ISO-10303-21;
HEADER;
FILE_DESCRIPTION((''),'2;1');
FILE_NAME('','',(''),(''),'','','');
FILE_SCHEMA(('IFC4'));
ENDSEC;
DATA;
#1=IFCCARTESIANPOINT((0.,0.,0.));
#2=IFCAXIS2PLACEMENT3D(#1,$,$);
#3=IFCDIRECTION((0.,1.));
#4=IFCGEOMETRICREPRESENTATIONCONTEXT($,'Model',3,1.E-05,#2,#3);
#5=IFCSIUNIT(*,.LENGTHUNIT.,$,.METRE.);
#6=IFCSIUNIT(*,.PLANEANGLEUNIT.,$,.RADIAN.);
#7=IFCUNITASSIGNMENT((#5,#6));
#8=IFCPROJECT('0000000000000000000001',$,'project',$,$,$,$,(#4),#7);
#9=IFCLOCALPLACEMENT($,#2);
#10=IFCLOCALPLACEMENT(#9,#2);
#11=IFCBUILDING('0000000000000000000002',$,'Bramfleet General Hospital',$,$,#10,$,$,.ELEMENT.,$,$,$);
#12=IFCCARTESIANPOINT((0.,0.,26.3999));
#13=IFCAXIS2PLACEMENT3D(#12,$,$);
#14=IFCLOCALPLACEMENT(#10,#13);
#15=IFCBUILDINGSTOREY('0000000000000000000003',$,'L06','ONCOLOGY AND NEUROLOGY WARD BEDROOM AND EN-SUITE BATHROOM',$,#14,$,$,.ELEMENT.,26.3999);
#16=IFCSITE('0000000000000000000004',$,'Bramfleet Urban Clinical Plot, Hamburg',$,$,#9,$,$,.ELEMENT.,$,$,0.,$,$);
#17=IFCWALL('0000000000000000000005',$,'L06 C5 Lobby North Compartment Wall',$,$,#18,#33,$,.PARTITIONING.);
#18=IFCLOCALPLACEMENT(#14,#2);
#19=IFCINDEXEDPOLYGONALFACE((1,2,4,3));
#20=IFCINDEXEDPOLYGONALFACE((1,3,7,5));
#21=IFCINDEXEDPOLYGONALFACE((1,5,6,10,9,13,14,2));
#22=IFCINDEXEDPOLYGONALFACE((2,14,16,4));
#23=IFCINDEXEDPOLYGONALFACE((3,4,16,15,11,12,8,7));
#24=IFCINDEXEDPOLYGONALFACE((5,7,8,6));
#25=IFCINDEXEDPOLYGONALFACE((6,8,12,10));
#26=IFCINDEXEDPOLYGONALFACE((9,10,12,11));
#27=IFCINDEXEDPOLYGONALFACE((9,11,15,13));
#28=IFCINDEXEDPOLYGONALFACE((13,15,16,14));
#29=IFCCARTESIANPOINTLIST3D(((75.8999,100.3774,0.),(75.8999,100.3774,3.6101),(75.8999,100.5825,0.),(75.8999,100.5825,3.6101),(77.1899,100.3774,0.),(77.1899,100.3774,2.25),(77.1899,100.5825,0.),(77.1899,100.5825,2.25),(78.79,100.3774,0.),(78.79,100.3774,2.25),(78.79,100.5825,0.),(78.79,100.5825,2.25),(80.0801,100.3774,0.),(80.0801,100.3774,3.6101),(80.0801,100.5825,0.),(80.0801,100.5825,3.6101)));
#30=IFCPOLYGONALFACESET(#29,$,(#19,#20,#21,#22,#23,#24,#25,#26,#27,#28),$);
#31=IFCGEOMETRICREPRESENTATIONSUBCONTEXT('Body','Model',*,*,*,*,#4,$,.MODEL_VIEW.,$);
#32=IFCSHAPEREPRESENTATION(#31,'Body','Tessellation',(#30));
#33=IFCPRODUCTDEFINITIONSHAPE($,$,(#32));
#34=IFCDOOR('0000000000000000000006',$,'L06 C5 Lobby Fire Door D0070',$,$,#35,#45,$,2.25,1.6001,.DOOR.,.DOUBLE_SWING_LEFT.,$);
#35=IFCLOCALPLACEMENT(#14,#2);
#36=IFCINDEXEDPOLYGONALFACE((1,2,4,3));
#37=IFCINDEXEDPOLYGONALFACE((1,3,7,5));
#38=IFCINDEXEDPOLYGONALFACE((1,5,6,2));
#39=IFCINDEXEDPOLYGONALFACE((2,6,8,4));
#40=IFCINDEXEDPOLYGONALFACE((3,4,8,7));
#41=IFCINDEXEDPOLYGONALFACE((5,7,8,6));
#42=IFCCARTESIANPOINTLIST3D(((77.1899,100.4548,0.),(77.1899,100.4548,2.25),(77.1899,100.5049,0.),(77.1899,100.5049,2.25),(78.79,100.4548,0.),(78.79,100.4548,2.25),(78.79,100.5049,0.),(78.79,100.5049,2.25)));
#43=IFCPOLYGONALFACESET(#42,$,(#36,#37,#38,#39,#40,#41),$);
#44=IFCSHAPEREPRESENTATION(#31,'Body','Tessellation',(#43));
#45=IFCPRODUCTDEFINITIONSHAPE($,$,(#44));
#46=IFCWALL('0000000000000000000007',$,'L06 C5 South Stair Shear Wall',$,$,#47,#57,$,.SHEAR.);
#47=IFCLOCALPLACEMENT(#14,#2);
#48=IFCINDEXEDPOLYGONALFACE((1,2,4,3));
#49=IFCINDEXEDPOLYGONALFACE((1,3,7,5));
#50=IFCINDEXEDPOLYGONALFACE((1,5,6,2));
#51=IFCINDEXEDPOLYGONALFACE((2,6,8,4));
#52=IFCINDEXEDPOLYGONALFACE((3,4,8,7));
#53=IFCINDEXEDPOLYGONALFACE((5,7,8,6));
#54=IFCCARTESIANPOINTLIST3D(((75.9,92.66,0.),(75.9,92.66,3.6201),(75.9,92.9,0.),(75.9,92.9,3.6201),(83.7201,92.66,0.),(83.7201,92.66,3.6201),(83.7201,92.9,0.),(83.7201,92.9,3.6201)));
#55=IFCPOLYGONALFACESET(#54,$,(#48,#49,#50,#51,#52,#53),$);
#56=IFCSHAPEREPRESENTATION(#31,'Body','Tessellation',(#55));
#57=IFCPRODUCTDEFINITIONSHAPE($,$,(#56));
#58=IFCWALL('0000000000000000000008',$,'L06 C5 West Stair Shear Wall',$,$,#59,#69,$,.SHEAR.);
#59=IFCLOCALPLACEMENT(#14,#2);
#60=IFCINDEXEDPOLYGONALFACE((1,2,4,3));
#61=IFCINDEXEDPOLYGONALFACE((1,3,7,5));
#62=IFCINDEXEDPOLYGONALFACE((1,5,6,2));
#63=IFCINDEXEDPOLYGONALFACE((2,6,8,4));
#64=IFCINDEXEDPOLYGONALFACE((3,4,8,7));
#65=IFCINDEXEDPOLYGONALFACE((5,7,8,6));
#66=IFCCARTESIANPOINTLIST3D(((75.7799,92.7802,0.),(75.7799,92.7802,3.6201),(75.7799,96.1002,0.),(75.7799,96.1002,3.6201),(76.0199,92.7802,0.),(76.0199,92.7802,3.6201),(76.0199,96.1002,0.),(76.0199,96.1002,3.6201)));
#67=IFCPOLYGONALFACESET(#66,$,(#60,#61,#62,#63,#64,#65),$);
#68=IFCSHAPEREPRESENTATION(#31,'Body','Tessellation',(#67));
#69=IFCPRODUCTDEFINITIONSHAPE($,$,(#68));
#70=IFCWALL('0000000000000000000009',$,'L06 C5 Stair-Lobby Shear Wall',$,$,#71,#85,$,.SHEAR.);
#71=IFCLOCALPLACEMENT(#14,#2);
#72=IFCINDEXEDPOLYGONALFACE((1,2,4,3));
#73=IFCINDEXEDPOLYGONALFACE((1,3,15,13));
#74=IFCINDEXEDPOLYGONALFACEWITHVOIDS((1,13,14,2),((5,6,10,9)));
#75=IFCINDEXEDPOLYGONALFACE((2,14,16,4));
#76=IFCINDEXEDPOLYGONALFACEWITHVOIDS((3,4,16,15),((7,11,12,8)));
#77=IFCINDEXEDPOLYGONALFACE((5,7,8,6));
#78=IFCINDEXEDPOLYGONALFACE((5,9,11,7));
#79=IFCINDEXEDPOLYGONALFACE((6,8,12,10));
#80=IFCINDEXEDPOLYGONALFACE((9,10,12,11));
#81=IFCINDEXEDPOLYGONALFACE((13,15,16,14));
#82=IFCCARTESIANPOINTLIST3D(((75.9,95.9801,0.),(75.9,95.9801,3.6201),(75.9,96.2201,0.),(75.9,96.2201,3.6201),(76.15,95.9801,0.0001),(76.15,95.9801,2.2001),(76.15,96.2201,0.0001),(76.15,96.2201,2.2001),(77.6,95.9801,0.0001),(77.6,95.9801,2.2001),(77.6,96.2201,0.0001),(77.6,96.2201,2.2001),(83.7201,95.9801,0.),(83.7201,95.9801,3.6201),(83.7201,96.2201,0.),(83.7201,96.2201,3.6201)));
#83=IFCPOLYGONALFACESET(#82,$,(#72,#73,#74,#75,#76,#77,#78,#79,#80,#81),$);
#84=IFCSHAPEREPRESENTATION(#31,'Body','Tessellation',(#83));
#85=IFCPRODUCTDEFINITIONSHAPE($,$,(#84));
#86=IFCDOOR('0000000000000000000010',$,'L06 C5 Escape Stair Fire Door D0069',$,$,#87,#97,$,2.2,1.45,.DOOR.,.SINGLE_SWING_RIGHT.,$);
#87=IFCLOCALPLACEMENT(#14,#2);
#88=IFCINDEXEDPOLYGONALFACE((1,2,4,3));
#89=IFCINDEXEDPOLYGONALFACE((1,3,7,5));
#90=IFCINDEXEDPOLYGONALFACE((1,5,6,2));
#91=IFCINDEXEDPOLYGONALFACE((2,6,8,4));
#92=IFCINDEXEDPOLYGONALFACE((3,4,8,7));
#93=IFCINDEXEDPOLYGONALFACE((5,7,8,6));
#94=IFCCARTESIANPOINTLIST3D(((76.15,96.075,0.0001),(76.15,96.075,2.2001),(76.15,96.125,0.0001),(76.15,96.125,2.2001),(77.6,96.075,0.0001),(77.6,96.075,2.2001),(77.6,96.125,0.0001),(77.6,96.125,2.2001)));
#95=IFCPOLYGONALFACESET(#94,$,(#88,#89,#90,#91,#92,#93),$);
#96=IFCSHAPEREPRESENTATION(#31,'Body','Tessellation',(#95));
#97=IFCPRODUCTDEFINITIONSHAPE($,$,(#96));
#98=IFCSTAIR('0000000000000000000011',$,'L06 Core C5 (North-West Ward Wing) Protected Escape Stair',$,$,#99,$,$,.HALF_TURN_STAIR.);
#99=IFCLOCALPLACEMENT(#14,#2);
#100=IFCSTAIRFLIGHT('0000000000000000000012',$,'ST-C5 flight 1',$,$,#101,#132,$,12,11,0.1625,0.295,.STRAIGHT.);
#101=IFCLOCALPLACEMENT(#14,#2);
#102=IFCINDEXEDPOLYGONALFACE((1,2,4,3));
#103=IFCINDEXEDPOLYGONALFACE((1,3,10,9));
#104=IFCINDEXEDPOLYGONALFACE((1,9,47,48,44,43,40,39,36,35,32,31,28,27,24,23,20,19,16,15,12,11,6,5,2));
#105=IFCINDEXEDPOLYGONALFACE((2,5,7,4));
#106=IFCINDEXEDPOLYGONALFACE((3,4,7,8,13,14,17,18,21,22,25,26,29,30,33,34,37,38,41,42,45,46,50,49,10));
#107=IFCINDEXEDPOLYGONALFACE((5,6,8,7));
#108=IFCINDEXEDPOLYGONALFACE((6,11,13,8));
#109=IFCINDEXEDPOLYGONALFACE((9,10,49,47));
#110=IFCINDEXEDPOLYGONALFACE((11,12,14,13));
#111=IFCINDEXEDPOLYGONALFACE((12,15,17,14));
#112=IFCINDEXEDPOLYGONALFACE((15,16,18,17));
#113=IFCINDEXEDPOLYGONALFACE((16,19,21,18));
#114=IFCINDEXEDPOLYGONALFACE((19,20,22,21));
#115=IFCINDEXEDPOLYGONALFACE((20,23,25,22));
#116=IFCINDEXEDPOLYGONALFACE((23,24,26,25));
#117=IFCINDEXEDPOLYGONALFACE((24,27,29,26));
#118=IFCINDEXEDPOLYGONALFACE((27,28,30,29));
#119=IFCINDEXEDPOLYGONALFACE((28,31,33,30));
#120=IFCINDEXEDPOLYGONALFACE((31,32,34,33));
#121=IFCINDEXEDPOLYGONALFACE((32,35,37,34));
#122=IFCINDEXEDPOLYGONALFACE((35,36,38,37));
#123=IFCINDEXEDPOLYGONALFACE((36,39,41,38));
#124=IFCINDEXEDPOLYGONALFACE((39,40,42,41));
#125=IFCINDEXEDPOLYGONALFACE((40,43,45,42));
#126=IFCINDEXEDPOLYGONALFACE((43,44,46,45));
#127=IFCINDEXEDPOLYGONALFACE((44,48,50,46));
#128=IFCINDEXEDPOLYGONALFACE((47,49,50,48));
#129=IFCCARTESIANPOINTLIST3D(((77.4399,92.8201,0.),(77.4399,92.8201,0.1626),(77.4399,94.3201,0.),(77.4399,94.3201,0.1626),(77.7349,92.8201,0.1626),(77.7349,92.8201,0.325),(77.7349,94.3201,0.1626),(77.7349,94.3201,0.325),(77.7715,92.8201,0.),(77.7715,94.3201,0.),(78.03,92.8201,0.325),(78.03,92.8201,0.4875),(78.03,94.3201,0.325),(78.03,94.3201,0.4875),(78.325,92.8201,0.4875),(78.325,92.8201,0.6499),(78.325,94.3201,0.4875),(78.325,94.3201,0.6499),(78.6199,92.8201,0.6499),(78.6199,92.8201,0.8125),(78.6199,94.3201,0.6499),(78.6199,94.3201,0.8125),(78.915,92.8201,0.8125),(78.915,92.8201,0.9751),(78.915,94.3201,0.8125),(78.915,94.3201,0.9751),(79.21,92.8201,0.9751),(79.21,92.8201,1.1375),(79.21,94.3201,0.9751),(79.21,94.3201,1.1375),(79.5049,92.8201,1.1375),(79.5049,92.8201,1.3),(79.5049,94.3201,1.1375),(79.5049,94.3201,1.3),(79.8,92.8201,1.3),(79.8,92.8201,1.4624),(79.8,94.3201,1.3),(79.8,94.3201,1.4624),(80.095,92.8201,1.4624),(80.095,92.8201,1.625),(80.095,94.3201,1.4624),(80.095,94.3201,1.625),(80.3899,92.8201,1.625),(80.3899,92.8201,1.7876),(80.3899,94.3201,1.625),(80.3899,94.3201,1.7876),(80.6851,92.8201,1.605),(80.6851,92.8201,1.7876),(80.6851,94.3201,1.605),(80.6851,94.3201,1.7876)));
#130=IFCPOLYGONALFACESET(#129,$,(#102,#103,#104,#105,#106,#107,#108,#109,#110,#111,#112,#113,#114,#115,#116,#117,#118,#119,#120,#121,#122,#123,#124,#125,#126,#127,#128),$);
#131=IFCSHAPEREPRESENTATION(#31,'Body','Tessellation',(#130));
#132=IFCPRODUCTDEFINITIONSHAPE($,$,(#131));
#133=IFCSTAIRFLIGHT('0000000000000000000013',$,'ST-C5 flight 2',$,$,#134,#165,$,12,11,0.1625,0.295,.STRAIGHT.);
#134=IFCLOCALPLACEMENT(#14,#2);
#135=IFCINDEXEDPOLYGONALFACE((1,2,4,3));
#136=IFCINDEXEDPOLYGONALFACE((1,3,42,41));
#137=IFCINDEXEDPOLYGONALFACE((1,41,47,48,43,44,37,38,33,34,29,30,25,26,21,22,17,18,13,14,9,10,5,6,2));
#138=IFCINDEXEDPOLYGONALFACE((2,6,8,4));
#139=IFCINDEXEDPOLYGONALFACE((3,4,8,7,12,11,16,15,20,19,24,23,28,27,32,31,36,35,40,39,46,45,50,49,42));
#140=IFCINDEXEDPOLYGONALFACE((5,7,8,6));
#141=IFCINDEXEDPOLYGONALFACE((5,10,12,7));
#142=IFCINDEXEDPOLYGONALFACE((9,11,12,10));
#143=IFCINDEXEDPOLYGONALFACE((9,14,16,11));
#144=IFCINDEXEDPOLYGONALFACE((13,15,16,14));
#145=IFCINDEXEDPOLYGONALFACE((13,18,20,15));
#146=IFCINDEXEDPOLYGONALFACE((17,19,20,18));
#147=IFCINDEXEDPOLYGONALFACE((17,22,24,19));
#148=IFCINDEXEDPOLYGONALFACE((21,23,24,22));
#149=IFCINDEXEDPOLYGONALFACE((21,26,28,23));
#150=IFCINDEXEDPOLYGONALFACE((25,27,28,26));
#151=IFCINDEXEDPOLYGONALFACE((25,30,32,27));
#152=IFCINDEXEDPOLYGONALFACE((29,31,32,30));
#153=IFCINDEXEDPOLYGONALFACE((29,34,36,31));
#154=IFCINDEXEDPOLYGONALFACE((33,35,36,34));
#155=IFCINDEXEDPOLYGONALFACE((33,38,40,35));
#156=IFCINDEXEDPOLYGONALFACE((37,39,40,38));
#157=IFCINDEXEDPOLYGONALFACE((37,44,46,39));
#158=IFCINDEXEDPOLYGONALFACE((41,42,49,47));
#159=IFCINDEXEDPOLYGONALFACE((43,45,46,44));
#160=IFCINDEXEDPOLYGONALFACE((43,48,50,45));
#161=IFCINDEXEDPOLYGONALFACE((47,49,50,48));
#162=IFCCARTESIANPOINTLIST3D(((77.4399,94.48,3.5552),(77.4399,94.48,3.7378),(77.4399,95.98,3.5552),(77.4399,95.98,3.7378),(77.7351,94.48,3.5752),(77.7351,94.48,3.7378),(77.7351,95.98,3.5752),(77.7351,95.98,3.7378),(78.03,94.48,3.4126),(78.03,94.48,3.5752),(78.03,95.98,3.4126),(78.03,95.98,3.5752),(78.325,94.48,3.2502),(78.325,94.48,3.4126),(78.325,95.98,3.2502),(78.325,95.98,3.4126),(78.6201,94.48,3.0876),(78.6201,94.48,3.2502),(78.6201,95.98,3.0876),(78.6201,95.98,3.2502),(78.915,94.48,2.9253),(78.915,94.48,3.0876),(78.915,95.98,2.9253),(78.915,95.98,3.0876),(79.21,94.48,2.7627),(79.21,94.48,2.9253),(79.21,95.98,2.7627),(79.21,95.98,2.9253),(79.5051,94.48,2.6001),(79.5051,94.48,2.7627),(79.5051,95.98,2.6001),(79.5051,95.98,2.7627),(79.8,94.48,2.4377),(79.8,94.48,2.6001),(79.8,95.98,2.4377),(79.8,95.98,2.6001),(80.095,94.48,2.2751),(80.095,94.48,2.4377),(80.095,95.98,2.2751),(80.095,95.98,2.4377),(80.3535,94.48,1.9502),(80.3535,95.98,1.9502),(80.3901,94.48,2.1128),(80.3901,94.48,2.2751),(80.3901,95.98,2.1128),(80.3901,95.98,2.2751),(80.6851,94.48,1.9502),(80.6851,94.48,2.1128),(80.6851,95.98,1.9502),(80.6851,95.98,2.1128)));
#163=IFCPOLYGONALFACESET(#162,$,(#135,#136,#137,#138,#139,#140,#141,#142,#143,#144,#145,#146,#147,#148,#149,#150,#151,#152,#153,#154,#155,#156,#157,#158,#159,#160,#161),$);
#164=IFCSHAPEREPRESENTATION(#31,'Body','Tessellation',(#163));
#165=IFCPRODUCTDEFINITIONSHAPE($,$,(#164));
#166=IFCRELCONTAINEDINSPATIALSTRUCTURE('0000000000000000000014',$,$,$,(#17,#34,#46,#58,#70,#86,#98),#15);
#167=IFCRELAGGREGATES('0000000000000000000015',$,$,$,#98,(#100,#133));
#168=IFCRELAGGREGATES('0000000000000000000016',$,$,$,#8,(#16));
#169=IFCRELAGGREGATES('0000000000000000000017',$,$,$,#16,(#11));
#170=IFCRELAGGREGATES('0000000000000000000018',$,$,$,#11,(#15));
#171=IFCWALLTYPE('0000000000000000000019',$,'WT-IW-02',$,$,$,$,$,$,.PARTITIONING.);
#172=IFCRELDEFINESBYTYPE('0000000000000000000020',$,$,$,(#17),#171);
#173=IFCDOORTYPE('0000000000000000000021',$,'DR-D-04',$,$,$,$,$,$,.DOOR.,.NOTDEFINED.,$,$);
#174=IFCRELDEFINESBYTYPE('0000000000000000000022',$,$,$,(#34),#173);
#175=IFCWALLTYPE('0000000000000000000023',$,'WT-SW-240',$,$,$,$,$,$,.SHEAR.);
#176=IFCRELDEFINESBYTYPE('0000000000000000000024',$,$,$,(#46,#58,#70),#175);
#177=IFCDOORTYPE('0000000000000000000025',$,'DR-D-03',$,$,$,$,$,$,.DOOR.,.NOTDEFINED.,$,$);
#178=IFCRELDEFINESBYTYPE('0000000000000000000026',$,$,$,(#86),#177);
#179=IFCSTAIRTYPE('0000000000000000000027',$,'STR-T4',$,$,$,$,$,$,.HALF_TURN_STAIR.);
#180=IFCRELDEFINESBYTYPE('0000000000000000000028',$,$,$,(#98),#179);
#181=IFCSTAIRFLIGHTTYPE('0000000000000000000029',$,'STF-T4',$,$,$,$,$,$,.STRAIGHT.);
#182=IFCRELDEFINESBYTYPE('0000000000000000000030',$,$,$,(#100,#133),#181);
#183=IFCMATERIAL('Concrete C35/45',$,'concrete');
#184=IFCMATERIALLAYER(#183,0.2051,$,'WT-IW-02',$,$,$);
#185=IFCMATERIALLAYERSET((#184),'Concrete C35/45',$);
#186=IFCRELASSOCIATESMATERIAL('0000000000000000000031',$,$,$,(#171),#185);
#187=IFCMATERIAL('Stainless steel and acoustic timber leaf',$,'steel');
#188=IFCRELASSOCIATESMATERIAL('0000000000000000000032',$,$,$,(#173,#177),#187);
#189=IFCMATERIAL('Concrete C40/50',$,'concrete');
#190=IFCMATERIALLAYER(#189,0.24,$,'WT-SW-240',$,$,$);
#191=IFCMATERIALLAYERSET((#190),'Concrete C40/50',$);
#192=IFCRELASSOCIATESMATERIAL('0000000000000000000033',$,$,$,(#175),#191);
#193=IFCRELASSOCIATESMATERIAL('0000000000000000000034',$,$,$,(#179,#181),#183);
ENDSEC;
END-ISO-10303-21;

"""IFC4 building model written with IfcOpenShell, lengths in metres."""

from ifc_helpers import new_model, si_unit, direction, frame, frame_2d, origin, place, context, subcontext, project, spatial, polyline, rectangle, outline, extrude, material, layer, layer_set, type_object, element, fill, aggregate, save


model = new_model("IFC4")

# Units and contexts
model_context = context("Model", 3, precision=1e-05, world=origin(), true_north=direction((0.0, 1.0)))
body_context = subcontext(model_context, "Body", "Model", "MODEL_VIEW")
ifc_project = project(units=[si_unit("LENGTHUNIT", "METRE"), si_unit("PLANEANGLEUNIT", "RADIAN")], contexts=[model_context])

# Site, building, storey
site_placement = place(None, origin())
site = spatial("IfcSite", under=ifc_project, at=site_placement, Name="Bramfleet Urban Clinical Plot, Hamburg", CompositionType="ELEMENT", RefElevation=0.0)
building_placement = place(site_placement, origin())
building = spatial("IfcBuilding", under=site, at=building_placement, Name="Bramfleet General Hospital", CompositionType="ELEMENT")
storey_placement = place(building_placement, frame((0.0, 0.0, 26.3999)))
storey = spatial("IfcBuildingStorey", under=building, at=storey_placement, Name="L06", Description="ONCOLOGY AND NEUROLOGY WARD BEDROOM AND EN-SUITE BATHROOM", CompositionType="ELEMENT", Elevation=26.3999)

# Shared definitions
ifc_material_1 = material(Name="Concrete C40/50", Category="concrete")

# Shared definitions
ifc_material_2 = material(Name="Concrete C35/45", Category="concrete")

# Shared definitions
ifc_layer_1 = layer(ifc_material_2, 0.2051, Name="WT-IW-02")
ifc_layer_set_1 = layer_set([ifc_layer_1], Name="Concrete C35/45")
wall_type_1 = type_object("IfcWallType", Name="WT-IW-02", PredefinedType="PARTITIONING", material=ifc_layer_set_1)

# Wall, opening, door
wall_1_placement = place(storey_placement, frame((75.8999, 100.48, 0.0), z_axis=(0.0, 0.0, 1.0), x_axis=(1.0, 0.0, 0.0)))
wall_1 = element("IfcWall", 1, at=wall_1_placement, inside=storey, type_object=wall_type_1, Name="L06 C5 Lobby North Compartment Wall", PredefinedType="PARTITIONING", context=body_context, shape_type="SweptSolid", body=[
    extrude(rectangle(XDim=4.1802, YDim=0.2051, at=frame_2d((2.0901, 0.0))), origin(), (0.0, 0.0, 1.0), 3.6101),
])
opening_1_placement = place(wall_1_placement, frame((1.29, 0.0, 0.0)))
opening_1 = element("IfcOpeningElement", 2, at=opening_1_placement, cuts=wall_1, PredefinedType="OPENING", context=body_context, shape_type="SweptSolid", body=[
    extrude(rectangle(XDim=1.6001, YDim=2.25, at=frame_2d((0.8, 1.125))), frame((0.0, 0.1125, 0.0), z_axis=(0.0, -1.0, 0.0), x_axis=(1.0, 0.0, 0.0)), (0.0, 0.0, 1.0), 0.2251),
])
ifc_material_3 = material(Name="Stainless steel and acoustic timber leaf", Category="steel")
door_type_1 = type_object("IfcDoorType", Name="DR-D-04", OperationType="NOTDEFINED", PredefinedType="DOOR", material=ifc_material_3)
door_1_placement = place(opening_1_placement, origin())
door_1 = element("IfcDoor", 3, at=door_1_placement, inside=storey, type_object=door_type_1, Name="L06 C5 Lobby Fire Door D0070", OperationType="DOUBLE_SWING_LEFT", OverallHeight=2.25, OverallWidth=1.6001, PredefinedType="DOOR", context=body_context, shape_type="SweptSolid", body=[
    extrude(rectangle(XDim=1.6001, YDim=2.25, at=frame_2d((0.8, 1.125))), frame((0.0, 0.0249, 0.0), z_axis=(0.0, -1.0, 0.0), x_axis=(1.0, 0.0, 0.0)), (0.0, 0.0, 1.0), 0.05),
])
fill(opening_1, door_1)

# Walls
ifc_layer_2 = layer(ifc_material_1, 0.24, Name="WT-SW-240")
ifc_layer_set_2 = layer_set([ifc_layer_2], Name="Concrete C40/50")
wall_type_2 = type_object("IfcWallType", Name="WT-SW-240", PredefinedType="SHEAR", material=ifc_layer_set_2)
wall_2_placement = place(storey_placement, frame((75.8999, 92.78, 0.0), z_axis=(0.0, 0.0, 1.0), x_axis=(1.0, 0.0, 0.0)))
element("IfcWall", 4, at=wall_2_placement, inside=storey, type_object=wall_type_2, Name="L06 C5 South Stair Shear Wall", PredefinedType="SHEAR", context=body_context, shape_type="SweptSolid", body=[
    extrude(rectangle(XDim=7.8201, YDim=0.24, at=frame_2d((3.9102, 0.0))), origin(), (0.0, 0.0, 1.0), 3.6201),
])
wall_3_placement = place(storey_placement, frame((75.8999, 92.78, 0.0), z_axis=(0.0, 0.0, 1.0), x_axis=(0.0, 1.0, 0.0)))
element("IfcWall", 5, at=wall_3_placement, inside=storey, type_object=wall_type_2, Name="L06 C5 West Stair Shear Wall", PredefinedType="SHEAR", context=body_context, shape_type="SweptSolid", body=[
    extrude(rectangle(XDim=3.3201, YDim=0.24, at=frame_2d((1.6602, 0.0))), origin(), (0.0, 0.0, 1.0), 3.6201),
])

# Wall, opening, door
wall_4_placement = place(storey_placement, frame((75.8999, 96.1001, 0.0), z_axis=(0.0, 0.0, 1.0), x_axis=(1.0, 0.0, 0.0)))
wall_4 = element("IfcWall", 6, at=wall_4_placement, inside=storey, type_object=wall_type_2, Name="L06 C5 Stair-Lobby Shear Wall", PredefinedType="SHEAR", context=body_context, shape_type="SweptSolid", body=[
    extrude(rectangle(XDim=7.8201, YDim=0.24, at=frame_2d((3.9102, 0.0))), origin(), (0.0, 0.0, 1.0), 3.6201),
])
opening_2_placement = place(wall_4_placement, frame((0.25, 0.0, 0.0)))
opening_2 = element("IfcOpeningElement", 7, at=opening_2_placement, cuts=wall_4, PredefinedType="OPENING", context=body_context, shape_type="SweptSolid", body=[
    extrude(rectangle(XDim=1.45, YDim=2.2, at=frame_2d((0.7251, 1.1001))), frame((0.0, 0.1299, 0.0), z_axis=(0.0, -1.0, 0.0), x_axis=(1.0, 0.0, 0.0)), (0.0, 0.0, 1.0), 0.26),
])
door_type_2 = type_object("IfcDoorType", Name="DR-D-03", OperationType="NOTDEFINED", PredefinedType="DOOR", material=ifc_material_3)
door_2_placement = place(opening_2_placement, origin())
door_2 = element("IfcDoor", 8, at=door_2_placement, inside=storey, type_object=door_type_2, Name="L06 C5 Escape Stair Fire Door D0069", OperationType="SINGLE_SWING_RIGHT", OverallHeight=2.2, OverallWidth=1.45, PredefinedType="DOOR", context=body_context, shape_type="SweptSolid", body=[
    extrude(rectangle(XDim=1.45, YDim=2.2, at=frame_2d((0.7251, 1.1001))), frame((0.0, 0.0249, 0.0), z_axis=(0.0, -1.0, 0.0), x_axis=(1.0, 0.0, 0.0)), (0.0, 0.0, 1.0), 0.05),
])
fill(opening_2, door_2)

# Stair, stair flights
stair_type = type_object("IfcStairType", Name="STR-T4", PredefinedType="HALF_TURN_STAIR", material=ifc_material_2)
stair_placement = place(storey_placement, origin())
stair = element("IfcStair", 9, at=stair_placement, inside=storey, type_object=stair_type, Name="L06 Core C5 (North-West Ward Wing) Protected Escape Stair", PredefinedType="HALF_TURN_STAIR")
stair_flight_type = type_object("IfcStairFlightType", Name="STF-T4", PredefinedType="STRAIGHT", material=ifc_material_2)
stair_flight_1_placement = place(storey_placement, frame((77.4399, 93.5701, 0.0), z_axis=(0.0, 0.0, 1.0), x_axis=(1.0, 0.0, 0.0)))
stair_flight_1 = element("IfcStairFlight", 10, at=stair_flight_1_placement, type_object=stair_flight_type, Name="ST-C5 flight 1", NumberOfRisers=12, NumberOfTreads=11, PredefinedType="STRAIGHT", RiserHeight=0.1625, TreadLength=0.295, context=body_context, shape_type="SweptSolid", body=[
    extrude(outline(polyline([(0.0, 0.0), (0.0, 0.1626), (0.2949, 0.1626), (0.2949, 0.325), (0.5901, 0.325), (0.5901, 0.4875), (0.885, 0.4875), (0.885, 0.6499), (1.1799, 0.6499), (1.1799, 0.8125), (1.4751, 0.8125), (1.4751, 0.9751), (1.77, 0.9751), (1.77, 1.1375), (2.0649, 1.1375), (2.0649, 1.3), (2.3601, 1.3), (2.3601, 1.4624), (2.655, 1.4624), (2.655, 1.625), (2.95, 1.625), (2.95, 1.7876), (3.2451, 1.7876), (3.2451, 1.95), (3.2451, 1.605), (0.3315, 0.0), (0.0, 0.0)])), frame((0.0, 0.75, 0.0), z_axis=(0.0, -1.0, 0.0), x_axis=(1.0, 0.0, 0.0)), (0.0, 0.0, 1.0), 1.5),
])
stair_flight_2_placement = place(storey_placement, frame((80.6851, 95.23, 1.9502), z_axis=(0.0, 0.0, 1.0), x_axis=(-1.0, 0.0, 0.0)))
stair_flight_2 = element("IfcStairFlight", 11, at=stair_flight_2_placement, type_object=stair_flight_type, Name="ST-C5 flight 2", NumberOfRisers=12, NumberOfTreads=11, PredefinedType="STRAIGHT", RiserHeight=0.1625, TreadLength=0.295, context=body_context, shape_type="SweptSolid", body=[
    extrude(outline(polyline([(0.0, 0.0), (0.0, 0.1626), (0.2949, 0.1626), (0.2949, 0.325), (0.5901, 0.325), (0.5901, 0.4875), (0.885, 0.4875), (0.885, 0.6499), (1.1799, 0.6499), (1.1799, 0.8125), (1.4751, 0.8125), (1.4751, 0.9751), (1.77, 0.9751), (1.77, 1.1375), (2.0649, 1.1375), (2.0649, 1.3), (2.3601, 1.3), (2.3601, 1.4624), (2.655, 1.4624), (2.655, 1.625), (2.95, 1.625), (2.95, 1.7876), (3.2451, 1.7876), (3.2451, 1.95), (3.2451, 1.605), (0.3315, 0.0), (0.0, 0.0)])), frame((0.0, 0.75, 0.0), z_axis=(0.0, -1.0, 0.0), x_axis=(1.0, 0.0, 0.0)), (0.0, 0.0, 1.0), 1.5),
])
aggregate(stair, [stair_flight_1, stair_flight_2])

save(model, "model.ifc")
